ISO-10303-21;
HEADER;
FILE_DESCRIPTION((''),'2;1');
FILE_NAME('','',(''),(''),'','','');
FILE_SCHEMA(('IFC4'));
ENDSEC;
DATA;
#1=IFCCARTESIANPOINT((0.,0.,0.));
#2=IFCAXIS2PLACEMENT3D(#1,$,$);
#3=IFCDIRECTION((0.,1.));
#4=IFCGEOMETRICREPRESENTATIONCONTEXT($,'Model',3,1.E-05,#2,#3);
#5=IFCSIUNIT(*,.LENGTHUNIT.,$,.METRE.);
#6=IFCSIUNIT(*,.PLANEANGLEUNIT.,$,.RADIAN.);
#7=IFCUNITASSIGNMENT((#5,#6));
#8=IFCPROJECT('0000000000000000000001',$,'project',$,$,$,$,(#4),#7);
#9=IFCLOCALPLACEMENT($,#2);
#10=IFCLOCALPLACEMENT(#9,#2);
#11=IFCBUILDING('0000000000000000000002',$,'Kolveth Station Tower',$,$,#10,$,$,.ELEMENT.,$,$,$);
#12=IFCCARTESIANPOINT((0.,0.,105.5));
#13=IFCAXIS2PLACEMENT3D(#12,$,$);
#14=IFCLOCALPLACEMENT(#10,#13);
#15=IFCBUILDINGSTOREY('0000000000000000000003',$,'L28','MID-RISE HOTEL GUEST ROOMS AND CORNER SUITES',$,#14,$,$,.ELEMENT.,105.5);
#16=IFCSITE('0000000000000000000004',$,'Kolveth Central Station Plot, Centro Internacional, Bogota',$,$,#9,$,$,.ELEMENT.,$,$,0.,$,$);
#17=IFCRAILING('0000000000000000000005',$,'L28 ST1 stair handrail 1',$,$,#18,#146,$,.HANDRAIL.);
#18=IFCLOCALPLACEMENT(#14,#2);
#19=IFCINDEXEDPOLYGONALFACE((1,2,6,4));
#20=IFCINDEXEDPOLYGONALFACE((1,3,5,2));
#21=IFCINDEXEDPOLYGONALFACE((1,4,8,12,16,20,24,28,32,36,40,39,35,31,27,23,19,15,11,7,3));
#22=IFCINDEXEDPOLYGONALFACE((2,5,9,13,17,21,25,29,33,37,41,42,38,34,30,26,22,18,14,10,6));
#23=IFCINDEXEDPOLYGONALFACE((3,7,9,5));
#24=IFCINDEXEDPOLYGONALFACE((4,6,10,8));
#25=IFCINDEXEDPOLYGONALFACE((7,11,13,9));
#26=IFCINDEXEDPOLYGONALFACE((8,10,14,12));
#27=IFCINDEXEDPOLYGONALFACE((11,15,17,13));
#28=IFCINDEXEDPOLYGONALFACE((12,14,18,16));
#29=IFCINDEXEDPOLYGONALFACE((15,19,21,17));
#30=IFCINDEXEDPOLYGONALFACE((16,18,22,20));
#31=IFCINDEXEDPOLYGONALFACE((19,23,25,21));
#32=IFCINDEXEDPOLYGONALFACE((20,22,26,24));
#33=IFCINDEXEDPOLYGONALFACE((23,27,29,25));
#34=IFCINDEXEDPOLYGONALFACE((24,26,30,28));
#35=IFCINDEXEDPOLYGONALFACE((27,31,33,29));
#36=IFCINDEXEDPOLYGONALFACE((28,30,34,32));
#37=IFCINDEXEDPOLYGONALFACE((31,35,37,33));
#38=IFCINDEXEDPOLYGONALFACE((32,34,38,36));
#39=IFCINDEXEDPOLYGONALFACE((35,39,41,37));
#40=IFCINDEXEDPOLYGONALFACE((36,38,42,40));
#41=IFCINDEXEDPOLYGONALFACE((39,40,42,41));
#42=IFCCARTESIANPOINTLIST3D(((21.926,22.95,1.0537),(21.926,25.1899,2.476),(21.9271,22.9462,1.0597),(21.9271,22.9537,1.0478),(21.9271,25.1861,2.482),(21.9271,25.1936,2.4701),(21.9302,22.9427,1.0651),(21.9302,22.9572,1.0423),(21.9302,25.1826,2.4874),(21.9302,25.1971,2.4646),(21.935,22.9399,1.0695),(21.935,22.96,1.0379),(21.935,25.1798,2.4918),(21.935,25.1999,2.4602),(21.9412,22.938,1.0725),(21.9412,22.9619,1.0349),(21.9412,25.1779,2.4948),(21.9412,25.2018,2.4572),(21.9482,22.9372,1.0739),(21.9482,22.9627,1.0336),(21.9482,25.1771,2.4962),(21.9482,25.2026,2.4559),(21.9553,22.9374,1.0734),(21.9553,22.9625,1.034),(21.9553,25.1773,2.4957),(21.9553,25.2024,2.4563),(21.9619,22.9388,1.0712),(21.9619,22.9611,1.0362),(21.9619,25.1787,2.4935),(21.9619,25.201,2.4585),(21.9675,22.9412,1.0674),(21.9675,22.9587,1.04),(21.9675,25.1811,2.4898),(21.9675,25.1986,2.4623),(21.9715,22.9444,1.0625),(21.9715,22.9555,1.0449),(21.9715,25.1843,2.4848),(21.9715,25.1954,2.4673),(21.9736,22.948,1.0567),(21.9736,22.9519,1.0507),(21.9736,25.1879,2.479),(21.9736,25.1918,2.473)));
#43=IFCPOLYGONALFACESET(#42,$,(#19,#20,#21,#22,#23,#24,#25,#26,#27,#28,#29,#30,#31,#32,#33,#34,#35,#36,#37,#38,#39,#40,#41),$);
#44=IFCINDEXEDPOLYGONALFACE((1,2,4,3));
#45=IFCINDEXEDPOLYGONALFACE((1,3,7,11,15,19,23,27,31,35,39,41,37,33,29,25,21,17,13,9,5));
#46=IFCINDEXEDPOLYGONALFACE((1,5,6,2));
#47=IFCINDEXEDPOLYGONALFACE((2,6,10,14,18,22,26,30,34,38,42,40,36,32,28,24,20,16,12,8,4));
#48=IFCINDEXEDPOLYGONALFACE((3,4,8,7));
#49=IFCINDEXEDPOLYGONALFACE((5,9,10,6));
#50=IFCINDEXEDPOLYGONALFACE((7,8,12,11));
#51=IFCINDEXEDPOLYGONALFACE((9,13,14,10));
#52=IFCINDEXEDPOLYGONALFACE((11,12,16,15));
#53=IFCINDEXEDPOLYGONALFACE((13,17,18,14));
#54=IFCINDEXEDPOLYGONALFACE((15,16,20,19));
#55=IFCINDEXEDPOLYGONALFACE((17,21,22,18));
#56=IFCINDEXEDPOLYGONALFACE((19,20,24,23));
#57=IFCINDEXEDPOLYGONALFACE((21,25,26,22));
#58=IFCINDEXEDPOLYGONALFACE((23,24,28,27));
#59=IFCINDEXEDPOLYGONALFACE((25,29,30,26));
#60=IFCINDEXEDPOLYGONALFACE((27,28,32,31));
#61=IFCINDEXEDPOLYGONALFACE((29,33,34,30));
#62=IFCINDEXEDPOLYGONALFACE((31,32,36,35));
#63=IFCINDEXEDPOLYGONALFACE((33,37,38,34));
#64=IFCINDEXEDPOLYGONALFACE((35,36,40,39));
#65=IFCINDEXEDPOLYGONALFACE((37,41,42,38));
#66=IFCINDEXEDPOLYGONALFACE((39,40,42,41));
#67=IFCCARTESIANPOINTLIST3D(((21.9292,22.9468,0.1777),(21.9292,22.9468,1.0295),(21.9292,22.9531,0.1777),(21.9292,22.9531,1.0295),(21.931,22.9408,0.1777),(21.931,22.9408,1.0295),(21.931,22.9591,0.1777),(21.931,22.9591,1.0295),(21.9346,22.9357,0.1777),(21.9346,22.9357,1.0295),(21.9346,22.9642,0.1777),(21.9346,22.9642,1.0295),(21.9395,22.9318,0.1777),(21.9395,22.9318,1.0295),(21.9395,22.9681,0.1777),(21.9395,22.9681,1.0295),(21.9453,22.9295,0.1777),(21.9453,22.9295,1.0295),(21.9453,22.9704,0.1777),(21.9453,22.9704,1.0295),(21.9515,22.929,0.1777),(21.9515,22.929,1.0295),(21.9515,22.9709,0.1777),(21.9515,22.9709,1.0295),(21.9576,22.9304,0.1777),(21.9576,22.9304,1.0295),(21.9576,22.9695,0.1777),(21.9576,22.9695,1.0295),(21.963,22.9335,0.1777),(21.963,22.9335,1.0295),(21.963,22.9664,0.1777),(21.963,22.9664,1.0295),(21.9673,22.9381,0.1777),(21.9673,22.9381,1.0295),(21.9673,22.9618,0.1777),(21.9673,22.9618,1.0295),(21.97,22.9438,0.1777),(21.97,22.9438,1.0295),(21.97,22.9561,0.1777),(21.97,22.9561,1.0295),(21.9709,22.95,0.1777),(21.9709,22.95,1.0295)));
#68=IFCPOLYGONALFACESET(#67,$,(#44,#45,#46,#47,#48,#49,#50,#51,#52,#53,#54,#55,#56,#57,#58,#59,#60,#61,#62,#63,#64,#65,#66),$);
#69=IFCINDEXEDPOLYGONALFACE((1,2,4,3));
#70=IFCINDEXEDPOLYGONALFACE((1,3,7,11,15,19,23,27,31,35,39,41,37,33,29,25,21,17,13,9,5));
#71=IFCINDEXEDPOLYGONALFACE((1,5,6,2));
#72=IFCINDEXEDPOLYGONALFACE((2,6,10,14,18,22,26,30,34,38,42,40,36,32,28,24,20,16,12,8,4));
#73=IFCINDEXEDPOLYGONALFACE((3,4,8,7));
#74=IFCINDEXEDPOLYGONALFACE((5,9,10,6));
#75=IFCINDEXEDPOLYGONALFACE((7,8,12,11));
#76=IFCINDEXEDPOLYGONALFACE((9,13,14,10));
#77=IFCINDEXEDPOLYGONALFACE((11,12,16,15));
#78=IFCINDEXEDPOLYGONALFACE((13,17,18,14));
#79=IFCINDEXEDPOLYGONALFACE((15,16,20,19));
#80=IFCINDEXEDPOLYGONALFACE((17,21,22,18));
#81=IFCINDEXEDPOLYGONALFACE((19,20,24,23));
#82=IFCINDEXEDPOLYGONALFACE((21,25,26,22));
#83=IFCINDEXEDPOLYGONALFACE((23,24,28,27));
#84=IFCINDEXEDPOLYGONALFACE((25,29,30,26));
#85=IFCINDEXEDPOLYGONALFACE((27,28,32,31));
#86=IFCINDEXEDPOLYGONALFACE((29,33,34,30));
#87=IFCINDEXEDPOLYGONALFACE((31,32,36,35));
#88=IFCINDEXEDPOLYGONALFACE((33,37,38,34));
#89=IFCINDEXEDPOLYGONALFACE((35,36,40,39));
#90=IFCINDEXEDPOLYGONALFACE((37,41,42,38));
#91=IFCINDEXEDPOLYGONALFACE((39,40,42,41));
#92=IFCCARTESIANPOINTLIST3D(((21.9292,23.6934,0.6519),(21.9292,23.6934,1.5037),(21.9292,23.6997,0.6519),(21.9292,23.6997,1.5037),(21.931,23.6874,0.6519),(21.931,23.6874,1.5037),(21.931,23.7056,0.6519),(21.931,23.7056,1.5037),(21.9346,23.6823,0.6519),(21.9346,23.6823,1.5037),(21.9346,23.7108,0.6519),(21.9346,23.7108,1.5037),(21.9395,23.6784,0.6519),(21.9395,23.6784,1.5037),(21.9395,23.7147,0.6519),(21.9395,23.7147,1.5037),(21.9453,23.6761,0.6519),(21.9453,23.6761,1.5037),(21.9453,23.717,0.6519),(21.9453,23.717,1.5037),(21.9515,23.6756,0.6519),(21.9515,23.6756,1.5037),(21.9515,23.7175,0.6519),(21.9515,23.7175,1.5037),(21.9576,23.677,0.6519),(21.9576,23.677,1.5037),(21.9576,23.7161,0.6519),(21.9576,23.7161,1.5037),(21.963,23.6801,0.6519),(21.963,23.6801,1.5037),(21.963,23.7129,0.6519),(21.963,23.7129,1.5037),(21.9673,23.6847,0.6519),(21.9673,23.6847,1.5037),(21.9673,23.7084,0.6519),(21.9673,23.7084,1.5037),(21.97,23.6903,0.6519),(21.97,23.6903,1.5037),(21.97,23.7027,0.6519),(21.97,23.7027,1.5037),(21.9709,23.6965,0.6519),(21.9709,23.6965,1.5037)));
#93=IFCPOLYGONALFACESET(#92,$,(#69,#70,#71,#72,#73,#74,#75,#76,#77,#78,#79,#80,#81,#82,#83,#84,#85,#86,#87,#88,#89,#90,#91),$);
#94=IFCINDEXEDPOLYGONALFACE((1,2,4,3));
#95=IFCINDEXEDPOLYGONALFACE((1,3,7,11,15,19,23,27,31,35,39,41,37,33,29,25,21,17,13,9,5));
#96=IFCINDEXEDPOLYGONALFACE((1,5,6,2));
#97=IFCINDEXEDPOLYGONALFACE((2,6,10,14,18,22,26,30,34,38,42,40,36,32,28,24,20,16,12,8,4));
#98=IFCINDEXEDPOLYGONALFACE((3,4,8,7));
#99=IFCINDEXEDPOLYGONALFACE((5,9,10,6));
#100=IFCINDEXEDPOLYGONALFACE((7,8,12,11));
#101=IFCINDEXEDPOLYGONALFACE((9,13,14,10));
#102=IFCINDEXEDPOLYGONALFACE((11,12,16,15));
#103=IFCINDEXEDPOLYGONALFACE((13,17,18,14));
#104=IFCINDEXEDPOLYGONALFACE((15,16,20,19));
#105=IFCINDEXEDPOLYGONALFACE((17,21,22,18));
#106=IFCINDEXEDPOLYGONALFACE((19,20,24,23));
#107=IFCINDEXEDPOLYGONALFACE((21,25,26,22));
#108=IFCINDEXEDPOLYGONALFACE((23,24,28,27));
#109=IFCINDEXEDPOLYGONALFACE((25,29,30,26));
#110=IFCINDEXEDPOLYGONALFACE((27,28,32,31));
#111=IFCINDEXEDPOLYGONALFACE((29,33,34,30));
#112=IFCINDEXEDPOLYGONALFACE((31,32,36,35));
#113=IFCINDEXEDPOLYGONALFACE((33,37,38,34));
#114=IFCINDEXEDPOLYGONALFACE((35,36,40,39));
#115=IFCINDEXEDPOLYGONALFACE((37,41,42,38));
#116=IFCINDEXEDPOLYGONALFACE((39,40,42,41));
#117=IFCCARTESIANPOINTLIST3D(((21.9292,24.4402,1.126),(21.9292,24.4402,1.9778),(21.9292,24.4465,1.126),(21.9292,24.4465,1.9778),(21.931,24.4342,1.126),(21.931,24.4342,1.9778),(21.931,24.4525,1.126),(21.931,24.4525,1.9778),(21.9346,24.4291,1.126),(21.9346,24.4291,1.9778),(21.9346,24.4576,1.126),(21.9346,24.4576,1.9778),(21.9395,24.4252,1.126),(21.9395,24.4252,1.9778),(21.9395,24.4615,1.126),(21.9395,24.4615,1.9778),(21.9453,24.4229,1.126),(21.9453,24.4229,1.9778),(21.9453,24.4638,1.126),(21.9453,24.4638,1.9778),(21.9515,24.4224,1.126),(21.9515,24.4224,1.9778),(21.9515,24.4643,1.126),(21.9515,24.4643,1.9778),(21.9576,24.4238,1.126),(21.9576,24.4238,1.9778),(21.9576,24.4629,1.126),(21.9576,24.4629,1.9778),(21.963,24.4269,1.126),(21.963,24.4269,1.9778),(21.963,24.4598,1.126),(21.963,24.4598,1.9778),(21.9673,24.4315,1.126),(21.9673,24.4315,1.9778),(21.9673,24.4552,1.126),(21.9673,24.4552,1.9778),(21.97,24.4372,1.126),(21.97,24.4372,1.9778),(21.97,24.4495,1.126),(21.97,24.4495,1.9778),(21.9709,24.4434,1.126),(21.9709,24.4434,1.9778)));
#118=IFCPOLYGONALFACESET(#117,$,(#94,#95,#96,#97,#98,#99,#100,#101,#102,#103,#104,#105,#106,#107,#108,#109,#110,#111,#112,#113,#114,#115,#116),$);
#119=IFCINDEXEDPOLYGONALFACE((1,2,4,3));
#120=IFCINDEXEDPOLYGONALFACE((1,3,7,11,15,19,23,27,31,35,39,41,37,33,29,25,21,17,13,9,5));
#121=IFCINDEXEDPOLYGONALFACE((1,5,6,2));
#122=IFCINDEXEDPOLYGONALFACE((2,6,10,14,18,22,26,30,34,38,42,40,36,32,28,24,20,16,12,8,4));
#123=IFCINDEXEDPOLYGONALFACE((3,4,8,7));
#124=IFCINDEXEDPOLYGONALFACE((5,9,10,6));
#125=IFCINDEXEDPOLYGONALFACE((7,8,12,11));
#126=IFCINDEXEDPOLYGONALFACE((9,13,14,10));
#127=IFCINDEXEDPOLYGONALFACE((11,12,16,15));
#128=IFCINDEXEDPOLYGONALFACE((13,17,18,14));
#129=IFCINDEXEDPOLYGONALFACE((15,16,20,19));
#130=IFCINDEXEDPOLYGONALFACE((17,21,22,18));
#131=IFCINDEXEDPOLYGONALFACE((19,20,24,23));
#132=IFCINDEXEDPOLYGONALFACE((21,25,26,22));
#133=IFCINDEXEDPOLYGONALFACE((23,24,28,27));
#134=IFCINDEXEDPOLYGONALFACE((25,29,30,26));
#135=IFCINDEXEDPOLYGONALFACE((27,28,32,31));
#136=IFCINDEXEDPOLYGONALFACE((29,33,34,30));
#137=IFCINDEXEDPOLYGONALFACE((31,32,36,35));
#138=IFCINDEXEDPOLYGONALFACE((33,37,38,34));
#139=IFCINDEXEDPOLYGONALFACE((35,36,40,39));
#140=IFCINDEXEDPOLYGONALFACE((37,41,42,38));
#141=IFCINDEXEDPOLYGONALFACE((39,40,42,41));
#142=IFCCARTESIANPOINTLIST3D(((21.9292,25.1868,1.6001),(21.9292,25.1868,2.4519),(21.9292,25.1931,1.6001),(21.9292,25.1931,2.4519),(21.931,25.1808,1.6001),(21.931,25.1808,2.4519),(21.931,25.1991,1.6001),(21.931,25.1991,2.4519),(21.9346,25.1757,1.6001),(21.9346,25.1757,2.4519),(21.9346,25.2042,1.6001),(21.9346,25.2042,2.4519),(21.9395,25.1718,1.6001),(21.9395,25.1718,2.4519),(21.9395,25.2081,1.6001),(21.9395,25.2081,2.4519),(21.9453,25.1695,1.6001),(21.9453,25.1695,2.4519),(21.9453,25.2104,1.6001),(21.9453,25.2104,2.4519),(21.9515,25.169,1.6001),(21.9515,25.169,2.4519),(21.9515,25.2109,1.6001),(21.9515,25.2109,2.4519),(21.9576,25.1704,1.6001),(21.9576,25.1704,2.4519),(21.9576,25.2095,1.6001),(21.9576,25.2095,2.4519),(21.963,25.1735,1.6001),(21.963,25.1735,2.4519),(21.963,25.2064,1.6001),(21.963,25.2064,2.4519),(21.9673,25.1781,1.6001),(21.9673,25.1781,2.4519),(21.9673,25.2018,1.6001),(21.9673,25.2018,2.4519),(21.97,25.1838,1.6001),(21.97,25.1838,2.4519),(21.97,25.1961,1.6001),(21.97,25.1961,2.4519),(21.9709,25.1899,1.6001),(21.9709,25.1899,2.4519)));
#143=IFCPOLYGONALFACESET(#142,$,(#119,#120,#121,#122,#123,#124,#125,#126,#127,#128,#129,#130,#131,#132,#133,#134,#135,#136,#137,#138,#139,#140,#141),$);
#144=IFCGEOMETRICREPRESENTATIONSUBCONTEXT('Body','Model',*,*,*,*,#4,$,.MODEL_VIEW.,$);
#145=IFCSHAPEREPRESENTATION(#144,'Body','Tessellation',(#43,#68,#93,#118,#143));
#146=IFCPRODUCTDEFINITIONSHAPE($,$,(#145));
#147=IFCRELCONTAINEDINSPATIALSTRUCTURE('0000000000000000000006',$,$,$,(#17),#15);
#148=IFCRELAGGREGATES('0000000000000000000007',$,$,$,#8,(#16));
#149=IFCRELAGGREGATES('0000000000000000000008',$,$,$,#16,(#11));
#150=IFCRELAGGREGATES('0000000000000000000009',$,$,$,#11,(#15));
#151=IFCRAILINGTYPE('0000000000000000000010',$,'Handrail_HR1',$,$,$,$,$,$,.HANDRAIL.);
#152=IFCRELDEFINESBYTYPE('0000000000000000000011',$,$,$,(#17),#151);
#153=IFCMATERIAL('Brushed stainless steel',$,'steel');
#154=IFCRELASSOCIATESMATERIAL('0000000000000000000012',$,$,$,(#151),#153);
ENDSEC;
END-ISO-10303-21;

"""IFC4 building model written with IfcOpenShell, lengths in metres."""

from ifc_helpers import new_model, si_unit, direction, frame, origin, origin_2d, place, context, subcontext, project, spatial, circle, extrude, material, type_object, element, save


model = new_model("IFC4")

# Units and contexts
model_context = context("Model", 3, precision=1e-05, world=origin(), true_north=direction((0.0, 1.0)))
body_context = subcontext(model_context, "Body", "Model", "MODEL_VIEW")
ifc_project = project(units=[si_unit("LENGTHUNIT", "METRE"), si_unit("PLANEANGLEUNIT", "RADIAN")], contexts=[model_context])

# Site, building, storey
site_placement = place(None, origin())
site = spatial("IfcSite", under=ifc_project, at=site_placement, Name="Kolveth Central Station Plot, Centro Internacional, Bogota", CompositionType="ELEMENT", RefElevation=0.0)
building_placement = place(site_placement, origin())
building = spatial("IfcBuilding", under=site, at=building_placement, Name="Kolveth Station Tower", CompositionType="ELEMENT")
storey_placement = place(building_placement, frame((0.0, 0.0, 105.5)))
storey = spatial("IfcBuildingStorey", under=building, at=storey_placement, Name="L28", Description="MID-RISE HOTEL GUEST ROOMS AND CORNER SUITES", CompositionType="ELEMENT", Elevation=105.5)

# Railing
ifc_material_1 = material(Name="Brushed stainless steel", Category="steel")
railing_type_1 = type_object("IfcRailingType", Name="Handrail_HR1", PredefinedType="HANDRAIL", material=ifc_material_1)
railing_1_placement = place(storey_placement, frame((21.95, 22.95, 0.1777)))
element("IfcRailing", 1, at=railing_1_placement, inside=storey, type_object=railing_type_1, Name="L28 ST1 stair handrail 1", PredefinedType="HANDRAIL", context=body_context, shape_type="SweptSolid", body=[
    extrude(circle(Radius=0.0239, at=origin_2d()), frame((0.0, 0.0, 0.876), z_axis=(0.0, 0.844188, 0.536048), x_axis=(-1.0, 0.0, 0.0)), (0.0, 0.0, 1.0), 2.6533),
    extrude(circle(Radius=0.021, at=origin_2d()), origin(), (0.0, 0.0, 1.0), 0.8518),
    extrude(circle(Radius=0.021, at=origin_2d()), frame((0.0, 0.7466, 0.4741)), (0.0, 0.0, 1.0), 0.8518),
    extrude(circle(Radius=0.021, at=origin_2d()), frame((0.0, 1.4934, 0.9482)), (0.0, 0.0, 1.0), 0.8518),
    extrude(circle(Radius=0.021, at=origin_2d()), frame((0.0, 2.24, 1.4224)), (0.0, 0.0, 1.0), 0.8518),
])

save(model, "model.ifc")
